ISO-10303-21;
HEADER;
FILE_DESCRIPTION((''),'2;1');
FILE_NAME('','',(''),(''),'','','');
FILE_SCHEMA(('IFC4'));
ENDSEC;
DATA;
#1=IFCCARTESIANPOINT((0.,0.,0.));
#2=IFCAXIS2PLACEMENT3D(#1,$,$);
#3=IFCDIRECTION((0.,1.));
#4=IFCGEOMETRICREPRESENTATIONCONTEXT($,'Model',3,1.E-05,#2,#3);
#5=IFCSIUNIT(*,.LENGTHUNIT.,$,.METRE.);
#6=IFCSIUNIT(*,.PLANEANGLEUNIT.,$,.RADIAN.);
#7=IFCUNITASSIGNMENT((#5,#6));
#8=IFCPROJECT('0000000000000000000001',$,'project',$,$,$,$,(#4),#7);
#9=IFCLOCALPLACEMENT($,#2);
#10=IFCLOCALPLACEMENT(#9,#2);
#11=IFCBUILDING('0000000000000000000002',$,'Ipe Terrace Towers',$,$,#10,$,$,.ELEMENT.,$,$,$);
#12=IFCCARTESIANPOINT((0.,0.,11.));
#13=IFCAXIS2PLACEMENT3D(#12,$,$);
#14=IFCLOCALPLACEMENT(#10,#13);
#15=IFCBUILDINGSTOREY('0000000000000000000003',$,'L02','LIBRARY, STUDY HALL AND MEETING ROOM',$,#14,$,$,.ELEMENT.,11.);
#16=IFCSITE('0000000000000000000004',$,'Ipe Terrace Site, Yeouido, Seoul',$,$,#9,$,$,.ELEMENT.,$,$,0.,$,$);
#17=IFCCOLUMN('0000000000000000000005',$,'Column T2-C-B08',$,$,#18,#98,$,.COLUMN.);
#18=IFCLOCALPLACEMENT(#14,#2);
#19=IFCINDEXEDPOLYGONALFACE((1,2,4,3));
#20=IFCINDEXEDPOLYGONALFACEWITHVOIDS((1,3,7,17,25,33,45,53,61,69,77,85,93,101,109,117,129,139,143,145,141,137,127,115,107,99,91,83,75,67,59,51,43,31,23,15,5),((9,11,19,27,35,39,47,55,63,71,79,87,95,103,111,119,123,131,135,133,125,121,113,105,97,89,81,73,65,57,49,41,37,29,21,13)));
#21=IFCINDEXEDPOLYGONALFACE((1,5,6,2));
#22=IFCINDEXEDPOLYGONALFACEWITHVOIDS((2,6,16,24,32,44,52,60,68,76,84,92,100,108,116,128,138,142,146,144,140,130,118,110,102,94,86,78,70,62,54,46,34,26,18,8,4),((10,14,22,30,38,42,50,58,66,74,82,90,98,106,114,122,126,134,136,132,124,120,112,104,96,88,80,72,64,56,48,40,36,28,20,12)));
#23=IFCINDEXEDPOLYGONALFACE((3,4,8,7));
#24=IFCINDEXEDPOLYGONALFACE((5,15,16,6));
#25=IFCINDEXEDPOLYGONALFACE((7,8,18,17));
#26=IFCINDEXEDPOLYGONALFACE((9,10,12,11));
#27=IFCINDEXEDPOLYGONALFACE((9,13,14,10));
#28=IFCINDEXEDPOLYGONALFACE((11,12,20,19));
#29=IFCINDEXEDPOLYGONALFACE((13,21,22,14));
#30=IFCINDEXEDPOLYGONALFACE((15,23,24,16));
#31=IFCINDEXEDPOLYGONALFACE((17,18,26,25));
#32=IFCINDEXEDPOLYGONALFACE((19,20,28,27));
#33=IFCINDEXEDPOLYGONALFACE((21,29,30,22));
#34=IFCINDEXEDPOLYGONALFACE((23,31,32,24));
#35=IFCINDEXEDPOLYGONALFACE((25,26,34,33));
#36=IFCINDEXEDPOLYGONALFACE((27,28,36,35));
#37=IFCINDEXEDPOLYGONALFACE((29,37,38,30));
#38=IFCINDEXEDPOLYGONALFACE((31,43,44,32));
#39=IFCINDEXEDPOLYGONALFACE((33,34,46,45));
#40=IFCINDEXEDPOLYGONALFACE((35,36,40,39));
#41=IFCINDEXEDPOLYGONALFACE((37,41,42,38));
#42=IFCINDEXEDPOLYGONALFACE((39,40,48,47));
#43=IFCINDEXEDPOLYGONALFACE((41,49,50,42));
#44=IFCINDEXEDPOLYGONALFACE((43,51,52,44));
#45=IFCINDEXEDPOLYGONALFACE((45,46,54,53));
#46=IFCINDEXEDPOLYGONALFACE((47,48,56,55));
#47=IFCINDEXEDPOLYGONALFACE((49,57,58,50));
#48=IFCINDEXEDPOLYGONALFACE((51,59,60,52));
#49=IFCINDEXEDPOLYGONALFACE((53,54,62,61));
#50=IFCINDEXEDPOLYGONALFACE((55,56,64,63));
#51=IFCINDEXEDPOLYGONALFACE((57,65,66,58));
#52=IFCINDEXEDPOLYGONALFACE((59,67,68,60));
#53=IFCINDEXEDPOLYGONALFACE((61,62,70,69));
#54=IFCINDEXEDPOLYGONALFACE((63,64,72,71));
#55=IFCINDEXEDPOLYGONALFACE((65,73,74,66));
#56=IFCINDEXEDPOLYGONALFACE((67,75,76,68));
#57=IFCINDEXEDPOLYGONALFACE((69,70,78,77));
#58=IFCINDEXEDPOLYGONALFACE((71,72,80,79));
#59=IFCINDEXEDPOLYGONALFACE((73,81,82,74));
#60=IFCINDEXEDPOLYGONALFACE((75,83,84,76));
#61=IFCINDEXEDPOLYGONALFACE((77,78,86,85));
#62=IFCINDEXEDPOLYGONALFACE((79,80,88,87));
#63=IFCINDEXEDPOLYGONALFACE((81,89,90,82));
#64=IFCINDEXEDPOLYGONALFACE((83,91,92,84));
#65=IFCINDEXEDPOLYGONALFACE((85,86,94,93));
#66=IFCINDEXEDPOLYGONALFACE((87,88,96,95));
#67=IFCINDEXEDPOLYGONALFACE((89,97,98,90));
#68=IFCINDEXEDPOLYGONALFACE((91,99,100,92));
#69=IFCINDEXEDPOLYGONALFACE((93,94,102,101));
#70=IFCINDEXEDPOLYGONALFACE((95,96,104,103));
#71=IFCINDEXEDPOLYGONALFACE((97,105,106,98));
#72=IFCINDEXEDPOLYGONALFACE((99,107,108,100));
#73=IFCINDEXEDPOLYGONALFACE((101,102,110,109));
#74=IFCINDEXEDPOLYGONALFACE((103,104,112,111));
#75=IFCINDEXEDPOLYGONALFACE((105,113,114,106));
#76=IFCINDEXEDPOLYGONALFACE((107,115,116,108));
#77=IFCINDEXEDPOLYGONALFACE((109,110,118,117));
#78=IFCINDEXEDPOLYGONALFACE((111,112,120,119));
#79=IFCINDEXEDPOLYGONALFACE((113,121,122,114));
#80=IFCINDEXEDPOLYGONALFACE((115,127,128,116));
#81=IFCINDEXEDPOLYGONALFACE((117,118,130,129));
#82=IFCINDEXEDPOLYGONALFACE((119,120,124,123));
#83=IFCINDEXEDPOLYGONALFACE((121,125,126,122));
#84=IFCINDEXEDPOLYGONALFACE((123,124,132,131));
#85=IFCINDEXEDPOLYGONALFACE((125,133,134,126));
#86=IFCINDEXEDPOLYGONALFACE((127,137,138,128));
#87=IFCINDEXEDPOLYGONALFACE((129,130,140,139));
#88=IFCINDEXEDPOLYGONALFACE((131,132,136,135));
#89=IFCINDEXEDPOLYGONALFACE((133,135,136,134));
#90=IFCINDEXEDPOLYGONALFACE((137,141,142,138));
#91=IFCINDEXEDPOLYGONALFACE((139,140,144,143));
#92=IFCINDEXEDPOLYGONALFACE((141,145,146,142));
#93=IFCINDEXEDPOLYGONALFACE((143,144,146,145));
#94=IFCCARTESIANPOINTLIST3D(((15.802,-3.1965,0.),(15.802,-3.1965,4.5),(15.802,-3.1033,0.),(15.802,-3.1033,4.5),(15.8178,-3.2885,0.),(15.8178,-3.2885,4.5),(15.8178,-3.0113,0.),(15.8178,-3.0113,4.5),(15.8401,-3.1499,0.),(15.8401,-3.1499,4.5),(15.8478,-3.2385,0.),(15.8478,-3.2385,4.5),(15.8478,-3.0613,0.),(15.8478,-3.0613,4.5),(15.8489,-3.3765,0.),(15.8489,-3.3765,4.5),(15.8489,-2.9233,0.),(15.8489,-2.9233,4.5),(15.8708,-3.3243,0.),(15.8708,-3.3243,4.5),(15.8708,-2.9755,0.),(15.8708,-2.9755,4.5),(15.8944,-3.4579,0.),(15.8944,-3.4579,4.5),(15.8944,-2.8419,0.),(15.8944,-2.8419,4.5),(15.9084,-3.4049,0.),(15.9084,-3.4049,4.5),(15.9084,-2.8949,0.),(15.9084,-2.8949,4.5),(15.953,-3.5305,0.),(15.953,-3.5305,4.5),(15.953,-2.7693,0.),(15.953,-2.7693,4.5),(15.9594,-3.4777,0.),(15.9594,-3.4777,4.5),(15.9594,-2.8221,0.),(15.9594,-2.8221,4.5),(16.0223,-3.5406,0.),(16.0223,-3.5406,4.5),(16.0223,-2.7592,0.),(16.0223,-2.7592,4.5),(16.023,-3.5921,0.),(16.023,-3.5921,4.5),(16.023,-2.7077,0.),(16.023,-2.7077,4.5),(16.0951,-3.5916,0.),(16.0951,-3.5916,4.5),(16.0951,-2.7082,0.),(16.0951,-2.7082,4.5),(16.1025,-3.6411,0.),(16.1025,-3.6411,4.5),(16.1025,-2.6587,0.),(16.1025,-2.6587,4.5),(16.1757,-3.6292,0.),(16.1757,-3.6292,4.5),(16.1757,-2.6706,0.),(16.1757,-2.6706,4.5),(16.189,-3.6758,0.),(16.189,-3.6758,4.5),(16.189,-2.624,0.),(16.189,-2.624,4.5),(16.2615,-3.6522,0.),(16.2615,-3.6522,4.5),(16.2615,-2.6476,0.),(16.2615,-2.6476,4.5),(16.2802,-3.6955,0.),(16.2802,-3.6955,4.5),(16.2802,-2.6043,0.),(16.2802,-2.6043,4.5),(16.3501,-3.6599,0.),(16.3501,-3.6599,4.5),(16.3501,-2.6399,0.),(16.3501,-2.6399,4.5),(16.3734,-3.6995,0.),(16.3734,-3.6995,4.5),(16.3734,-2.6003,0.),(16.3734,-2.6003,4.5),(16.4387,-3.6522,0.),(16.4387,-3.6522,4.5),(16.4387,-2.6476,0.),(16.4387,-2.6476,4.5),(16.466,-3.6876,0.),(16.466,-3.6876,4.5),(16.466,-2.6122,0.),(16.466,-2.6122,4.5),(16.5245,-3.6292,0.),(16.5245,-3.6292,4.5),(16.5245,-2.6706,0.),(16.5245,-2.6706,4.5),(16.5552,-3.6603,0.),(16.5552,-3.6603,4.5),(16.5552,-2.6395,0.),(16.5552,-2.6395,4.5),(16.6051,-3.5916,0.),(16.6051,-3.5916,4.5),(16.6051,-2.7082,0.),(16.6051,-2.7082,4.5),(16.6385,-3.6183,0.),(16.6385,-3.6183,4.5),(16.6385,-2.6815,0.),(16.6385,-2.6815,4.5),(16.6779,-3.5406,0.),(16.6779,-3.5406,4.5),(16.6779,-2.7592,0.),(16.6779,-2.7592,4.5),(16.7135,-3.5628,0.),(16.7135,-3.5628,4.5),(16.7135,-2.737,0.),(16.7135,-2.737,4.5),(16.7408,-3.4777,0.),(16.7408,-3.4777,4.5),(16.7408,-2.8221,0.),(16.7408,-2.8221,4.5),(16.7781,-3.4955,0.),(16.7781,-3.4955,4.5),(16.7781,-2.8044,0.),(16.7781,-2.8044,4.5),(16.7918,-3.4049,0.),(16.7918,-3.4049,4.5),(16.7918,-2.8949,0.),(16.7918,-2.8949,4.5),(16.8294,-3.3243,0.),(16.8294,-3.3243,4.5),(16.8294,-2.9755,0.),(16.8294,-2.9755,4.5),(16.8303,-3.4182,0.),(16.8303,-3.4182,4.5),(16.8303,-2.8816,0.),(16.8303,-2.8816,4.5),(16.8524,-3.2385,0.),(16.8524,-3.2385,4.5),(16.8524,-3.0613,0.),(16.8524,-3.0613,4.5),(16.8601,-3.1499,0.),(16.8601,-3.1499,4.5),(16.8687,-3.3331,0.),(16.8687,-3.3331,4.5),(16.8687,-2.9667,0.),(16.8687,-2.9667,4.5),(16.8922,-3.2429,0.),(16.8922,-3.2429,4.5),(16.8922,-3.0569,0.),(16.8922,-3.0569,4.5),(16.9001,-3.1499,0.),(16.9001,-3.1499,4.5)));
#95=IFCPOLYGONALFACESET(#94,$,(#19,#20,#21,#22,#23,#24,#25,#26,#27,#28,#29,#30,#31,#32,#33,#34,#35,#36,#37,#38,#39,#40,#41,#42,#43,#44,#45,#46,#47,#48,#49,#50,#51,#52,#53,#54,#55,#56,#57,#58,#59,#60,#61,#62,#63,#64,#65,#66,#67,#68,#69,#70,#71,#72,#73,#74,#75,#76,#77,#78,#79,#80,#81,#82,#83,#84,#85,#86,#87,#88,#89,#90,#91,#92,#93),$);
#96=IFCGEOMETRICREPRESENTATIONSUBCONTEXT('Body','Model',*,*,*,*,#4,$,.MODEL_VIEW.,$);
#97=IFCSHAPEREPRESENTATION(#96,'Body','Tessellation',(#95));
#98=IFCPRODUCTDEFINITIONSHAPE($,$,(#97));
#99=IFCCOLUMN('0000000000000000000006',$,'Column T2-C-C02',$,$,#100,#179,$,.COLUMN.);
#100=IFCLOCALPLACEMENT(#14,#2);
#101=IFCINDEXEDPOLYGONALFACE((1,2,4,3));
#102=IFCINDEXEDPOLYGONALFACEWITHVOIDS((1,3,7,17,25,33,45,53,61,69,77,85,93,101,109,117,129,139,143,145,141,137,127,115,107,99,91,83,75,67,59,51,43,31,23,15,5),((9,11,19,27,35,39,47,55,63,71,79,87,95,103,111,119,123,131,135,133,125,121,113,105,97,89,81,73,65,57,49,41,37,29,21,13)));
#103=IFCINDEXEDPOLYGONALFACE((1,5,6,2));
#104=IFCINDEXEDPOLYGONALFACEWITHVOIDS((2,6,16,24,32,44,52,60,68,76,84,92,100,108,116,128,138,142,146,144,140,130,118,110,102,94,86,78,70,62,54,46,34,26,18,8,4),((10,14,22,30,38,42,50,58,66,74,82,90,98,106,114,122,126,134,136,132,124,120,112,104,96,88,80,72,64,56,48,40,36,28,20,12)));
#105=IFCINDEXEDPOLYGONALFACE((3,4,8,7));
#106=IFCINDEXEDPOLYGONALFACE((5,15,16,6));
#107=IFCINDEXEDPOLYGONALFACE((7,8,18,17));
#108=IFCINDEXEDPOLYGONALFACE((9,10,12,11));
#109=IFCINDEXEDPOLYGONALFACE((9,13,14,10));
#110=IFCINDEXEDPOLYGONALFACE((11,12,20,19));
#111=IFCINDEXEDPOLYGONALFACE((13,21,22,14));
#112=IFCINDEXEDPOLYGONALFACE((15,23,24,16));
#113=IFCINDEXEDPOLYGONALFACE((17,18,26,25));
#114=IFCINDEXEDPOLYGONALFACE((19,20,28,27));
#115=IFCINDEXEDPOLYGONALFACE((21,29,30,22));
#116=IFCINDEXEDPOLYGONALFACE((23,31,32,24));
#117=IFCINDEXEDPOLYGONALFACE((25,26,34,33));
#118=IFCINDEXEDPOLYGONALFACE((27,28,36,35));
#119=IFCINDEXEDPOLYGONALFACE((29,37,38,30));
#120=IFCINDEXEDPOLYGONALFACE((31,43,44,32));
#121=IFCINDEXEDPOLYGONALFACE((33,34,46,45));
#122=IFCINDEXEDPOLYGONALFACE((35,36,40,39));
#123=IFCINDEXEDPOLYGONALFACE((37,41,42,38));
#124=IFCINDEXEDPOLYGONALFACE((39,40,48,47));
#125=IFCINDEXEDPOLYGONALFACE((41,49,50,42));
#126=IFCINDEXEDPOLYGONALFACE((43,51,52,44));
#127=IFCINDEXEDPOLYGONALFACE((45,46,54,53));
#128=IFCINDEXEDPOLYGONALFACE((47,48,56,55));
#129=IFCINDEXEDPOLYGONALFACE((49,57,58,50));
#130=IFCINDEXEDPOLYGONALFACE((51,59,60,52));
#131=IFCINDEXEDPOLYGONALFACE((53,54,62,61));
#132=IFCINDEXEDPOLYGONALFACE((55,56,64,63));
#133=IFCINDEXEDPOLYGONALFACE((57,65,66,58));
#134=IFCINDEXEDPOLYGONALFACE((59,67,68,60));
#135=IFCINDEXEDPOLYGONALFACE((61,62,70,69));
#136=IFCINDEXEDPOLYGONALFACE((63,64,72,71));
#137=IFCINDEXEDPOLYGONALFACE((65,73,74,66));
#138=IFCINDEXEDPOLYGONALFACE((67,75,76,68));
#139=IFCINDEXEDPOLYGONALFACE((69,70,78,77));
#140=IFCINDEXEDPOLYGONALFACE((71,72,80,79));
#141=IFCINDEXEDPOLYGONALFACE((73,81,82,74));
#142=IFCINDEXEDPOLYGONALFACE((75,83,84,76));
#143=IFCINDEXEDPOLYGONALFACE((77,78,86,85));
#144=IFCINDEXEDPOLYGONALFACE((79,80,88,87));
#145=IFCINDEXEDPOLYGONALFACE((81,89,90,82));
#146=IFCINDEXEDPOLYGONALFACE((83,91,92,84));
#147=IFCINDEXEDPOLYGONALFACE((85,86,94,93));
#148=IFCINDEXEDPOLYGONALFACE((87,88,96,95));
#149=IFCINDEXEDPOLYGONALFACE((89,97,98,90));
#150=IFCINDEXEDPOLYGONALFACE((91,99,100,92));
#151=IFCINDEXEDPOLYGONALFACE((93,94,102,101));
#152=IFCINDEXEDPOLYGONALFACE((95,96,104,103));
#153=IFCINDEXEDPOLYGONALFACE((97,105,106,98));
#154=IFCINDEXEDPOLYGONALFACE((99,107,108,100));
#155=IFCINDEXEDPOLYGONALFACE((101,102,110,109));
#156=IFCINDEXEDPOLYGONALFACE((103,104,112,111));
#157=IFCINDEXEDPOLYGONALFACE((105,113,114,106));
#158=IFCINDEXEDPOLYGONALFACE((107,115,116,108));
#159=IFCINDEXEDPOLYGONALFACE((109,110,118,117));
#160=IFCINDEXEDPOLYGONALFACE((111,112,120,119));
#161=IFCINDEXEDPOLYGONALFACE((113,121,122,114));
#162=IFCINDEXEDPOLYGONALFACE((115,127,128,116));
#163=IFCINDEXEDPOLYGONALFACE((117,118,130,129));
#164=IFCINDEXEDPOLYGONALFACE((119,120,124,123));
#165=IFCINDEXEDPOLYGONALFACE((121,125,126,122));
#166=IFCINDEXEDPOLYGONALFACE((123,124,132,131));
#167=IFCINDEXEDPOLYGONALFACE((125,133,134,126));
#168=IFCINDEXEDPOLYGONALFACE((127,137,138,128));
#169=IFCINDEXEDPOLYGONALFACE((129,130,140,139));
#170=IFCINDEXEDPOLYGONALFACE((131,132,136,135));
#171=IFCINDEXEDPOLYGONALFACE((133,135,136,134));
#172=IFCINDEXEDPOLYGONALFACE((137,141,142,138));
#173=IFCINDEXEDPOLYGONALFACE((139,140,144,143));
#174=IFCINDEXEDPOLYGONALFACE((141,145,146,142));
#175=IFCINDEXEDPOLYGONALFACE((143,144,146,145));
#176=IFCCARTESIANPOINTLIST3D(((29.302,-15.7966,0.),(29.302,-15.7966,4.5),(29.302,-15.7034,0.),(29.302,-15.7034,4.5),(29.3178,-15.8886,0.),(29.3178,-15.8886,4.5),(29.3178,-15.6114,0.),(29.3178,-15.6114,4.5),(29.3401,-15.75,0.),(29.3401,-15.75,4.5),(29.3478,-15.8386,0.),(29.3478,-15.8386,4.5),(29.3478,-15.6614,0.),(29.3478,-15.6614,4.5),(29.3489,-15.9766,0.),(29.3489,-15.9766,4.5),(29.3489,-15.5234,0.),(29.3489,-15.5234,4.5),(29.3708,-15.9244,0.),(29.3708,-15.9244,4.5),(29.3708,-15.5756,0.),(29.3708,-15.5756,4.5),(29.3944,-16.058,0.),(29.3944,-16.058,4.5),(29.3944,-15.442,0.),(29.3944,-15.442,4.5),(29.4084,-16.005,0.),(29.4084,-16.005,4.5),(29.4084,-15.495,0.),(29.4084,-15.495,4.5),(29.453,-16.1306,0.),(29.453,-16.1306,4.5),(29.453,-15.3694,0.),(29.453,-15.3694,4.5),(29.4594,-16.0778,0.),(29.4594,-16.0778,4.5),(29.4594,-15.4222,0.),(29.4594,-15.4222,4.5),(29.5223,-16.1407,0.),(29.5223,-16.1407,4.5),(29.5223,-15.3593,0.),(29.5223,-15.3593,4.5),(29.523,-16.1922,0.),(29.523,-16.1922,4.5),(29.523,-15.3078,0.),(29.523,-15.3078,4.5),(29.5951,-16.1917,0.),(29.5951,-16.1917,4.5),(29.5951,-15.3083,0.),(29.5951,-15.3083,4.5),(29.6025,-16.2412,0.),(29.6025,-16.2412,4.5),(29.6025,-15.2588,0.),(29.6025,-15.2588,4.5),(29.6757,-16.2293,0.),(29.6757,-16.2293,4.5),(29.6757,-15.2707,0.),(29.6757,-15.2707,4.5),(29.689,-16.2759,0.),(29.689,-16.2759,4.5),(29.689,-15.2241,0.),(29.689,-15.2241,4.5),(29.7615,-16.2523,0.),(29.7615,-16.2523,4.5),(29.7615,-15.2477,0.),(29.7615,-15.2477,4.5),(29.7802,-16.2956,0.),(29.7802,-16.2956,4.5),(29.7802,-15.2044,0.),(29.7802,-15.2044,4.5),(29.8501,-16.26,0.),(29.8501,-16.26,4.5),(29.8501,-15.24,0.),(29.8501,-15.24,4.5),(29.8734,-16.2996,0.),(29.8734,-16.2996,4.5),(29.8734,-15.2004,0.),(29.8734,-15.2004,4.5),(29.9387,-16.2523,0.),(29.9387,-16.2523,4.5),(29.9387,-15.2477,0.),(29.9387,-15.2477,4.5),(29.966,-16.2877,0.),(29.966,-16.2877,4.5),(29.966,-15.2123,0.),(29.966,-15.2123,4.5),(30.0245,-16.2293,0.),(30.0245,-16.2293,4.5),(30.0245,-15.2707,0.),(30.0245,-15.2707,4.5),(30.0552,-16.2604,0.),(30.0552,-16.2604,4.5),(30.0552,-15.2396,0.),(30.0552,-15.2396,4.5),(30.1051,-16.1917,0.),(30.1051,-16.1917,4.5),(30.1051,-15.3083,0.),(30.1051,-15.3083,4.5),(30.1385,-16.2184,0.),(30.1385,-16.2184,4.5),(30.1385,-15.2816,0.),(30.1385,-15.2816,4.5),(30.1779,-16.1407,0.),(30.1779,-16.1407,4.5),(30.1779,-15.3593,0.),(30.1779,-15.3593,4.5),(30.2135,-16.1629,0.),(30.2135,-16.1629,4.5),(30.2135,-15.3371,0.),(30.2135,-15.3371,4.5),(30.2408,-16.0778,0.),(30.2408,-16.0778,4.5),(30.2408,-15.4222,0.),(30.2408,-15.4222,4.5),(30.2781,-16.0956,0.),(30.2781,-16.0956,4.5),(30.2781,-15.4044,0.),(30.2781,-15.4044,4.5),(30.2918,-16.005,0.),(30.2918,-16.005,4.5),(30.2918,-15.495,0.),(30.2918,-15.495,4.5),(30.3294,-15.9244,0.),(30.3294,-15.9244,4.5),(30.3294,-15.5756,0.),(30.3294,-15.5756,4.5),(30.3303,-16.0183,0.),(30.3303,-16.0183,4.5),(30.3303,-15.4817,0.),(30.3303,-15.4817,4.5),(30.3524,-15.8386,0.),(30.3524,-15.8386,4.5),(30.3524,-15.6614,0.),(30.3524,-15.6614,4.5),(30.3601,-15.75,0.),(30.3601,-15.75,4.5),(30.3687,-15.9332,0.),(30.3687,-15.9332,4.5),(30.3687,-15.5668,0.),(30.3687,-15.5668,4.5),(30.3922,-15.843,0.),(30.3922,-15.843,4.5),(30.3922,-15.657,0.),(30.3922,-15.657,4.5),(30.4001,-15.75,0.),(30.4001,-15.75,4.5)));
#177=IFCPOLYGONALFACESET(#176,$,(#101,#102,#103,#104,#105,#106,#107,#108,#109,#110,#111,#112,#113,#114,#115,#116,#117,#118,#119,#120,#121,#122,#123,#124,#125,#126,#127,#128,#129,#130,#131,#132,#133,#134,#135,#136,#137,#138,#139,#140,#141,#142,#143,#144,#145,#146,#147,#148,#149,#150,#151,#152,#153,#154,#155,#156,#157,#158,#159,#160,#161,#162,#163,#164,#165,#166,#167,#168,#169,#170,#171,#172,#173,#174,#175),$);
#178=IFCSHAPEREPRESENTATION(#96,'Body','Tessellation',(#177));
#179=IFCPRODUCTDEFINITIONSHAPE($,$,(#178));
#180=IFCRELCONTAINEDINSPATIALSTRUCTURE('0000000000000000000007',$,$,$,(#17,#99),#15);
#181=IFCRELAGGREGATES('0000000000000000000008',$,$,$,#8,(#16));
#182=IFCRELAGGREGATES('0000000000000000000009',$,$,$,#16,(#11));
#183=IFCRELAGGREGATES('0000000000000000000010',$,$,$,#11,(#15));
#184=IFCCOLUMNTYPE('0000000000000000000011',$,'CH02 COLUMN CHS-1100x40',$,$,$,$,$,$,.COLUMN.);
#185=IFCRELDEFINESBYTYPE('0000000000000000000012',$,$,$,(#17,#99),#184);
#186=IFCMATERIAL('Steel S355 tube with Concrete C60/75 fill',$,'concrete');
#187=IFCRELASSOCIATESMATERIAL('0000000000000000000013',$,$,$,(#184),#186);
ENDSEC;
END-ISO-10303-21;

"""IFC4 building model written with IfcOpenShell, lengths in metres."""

from ifc_helpers import new_model, si_unit, direction, frame, origin, origin_2d, place, context, subcontext, project, spatial, hollow_circle, extrude, material, material_profile, profile_set, type_object, element, save


model = new_model("IFC4")

# Units and contexts
model_context = context("Model", 3, precision=1e-05, world=origin(), true_north=direction((0.0, 1.0)))
body_context = subcontext(model_context, "Body", "Model", "MODEL_VIEW")
ifc_project = project(units=[si_unit("LENGTHUNIT", "METRE"), si_unit("PLANEANGLEUNIT", "RADIAN")], contexts=[model_context])

# Site, building, storey
site_placement = place(None, origin())
site = spatial("IfcSite", under=ifc_project, at=site_placement, Name="Ipe Terrace Site, Yeouido, Seoul", CompositionType="ELEMENT", RefElevation=0.0)
building_placement = place(site_placement, origin())
building = spatial("IfcBuilding", under=site, at=building_placement, Name="Ipe Terrace Towers", CompositionType="ELEMENT")
storey_placement = place(building_placement, frame((0.0, 0.0, 11.0)))
storey = spatial("IfcBuildingStorey", under=building, at=storey_placement, Name="L02", Description="LIBRARY, STUDY HALL AND MEETING ROOM", CompositionType="ELEMENT", Elevation=11.0)

# Columns
ifc_material_1 = material(Name="Steel S355 tube with Concrete C60/75 fill", Category="concrete")
ifc_material_profile_1 = material_profile(ifc_material_1, hollow_circle(Radius=0.55, WallThickness=0.04, at=origin_2d()), Name="CHS-1100x40")
ifc_profile_set_1 = profile_set([ifc_material_profile_1], Name="Steel S355 tube with Concrete C60/75 fill")
column_type_1 = type_object("IfcColumnType", Name="CH02 COLUMN CHS-1100x40", PredefinedType="COLUMN", material=ifc_profile_set_1)
for number, where, z_axis, x_axis, name in (
    (1, (16.3501, -3.1499, 0.0), (0.0, 0.0, 1.0), (1.0, 0.0, 0.0), "Column T2-C-B08"),
    (2, (29.8501, -15.75, 0.0), (0.0, 0.0, 1.0), (1.0, 0.0, 0.0), "Column T2-C-C02"),
):
    element("IfcColumn", number, at=place(storey_placement, frame(where, z_axis=z_axis, x_axis=x_axis)), inside=storey, type_object=column_type_1, Name=name, PredefinedType="COLUMN", context=body_context, shape_type="SweptSolid", body=[
        extrude(hollow_circle(Radius=0.55, WallThickness=0.04, at=origin_2d()), origin(), (0.0, 0.0, 1.0), 4.5),
    ])

save(model, "model.ifc")
